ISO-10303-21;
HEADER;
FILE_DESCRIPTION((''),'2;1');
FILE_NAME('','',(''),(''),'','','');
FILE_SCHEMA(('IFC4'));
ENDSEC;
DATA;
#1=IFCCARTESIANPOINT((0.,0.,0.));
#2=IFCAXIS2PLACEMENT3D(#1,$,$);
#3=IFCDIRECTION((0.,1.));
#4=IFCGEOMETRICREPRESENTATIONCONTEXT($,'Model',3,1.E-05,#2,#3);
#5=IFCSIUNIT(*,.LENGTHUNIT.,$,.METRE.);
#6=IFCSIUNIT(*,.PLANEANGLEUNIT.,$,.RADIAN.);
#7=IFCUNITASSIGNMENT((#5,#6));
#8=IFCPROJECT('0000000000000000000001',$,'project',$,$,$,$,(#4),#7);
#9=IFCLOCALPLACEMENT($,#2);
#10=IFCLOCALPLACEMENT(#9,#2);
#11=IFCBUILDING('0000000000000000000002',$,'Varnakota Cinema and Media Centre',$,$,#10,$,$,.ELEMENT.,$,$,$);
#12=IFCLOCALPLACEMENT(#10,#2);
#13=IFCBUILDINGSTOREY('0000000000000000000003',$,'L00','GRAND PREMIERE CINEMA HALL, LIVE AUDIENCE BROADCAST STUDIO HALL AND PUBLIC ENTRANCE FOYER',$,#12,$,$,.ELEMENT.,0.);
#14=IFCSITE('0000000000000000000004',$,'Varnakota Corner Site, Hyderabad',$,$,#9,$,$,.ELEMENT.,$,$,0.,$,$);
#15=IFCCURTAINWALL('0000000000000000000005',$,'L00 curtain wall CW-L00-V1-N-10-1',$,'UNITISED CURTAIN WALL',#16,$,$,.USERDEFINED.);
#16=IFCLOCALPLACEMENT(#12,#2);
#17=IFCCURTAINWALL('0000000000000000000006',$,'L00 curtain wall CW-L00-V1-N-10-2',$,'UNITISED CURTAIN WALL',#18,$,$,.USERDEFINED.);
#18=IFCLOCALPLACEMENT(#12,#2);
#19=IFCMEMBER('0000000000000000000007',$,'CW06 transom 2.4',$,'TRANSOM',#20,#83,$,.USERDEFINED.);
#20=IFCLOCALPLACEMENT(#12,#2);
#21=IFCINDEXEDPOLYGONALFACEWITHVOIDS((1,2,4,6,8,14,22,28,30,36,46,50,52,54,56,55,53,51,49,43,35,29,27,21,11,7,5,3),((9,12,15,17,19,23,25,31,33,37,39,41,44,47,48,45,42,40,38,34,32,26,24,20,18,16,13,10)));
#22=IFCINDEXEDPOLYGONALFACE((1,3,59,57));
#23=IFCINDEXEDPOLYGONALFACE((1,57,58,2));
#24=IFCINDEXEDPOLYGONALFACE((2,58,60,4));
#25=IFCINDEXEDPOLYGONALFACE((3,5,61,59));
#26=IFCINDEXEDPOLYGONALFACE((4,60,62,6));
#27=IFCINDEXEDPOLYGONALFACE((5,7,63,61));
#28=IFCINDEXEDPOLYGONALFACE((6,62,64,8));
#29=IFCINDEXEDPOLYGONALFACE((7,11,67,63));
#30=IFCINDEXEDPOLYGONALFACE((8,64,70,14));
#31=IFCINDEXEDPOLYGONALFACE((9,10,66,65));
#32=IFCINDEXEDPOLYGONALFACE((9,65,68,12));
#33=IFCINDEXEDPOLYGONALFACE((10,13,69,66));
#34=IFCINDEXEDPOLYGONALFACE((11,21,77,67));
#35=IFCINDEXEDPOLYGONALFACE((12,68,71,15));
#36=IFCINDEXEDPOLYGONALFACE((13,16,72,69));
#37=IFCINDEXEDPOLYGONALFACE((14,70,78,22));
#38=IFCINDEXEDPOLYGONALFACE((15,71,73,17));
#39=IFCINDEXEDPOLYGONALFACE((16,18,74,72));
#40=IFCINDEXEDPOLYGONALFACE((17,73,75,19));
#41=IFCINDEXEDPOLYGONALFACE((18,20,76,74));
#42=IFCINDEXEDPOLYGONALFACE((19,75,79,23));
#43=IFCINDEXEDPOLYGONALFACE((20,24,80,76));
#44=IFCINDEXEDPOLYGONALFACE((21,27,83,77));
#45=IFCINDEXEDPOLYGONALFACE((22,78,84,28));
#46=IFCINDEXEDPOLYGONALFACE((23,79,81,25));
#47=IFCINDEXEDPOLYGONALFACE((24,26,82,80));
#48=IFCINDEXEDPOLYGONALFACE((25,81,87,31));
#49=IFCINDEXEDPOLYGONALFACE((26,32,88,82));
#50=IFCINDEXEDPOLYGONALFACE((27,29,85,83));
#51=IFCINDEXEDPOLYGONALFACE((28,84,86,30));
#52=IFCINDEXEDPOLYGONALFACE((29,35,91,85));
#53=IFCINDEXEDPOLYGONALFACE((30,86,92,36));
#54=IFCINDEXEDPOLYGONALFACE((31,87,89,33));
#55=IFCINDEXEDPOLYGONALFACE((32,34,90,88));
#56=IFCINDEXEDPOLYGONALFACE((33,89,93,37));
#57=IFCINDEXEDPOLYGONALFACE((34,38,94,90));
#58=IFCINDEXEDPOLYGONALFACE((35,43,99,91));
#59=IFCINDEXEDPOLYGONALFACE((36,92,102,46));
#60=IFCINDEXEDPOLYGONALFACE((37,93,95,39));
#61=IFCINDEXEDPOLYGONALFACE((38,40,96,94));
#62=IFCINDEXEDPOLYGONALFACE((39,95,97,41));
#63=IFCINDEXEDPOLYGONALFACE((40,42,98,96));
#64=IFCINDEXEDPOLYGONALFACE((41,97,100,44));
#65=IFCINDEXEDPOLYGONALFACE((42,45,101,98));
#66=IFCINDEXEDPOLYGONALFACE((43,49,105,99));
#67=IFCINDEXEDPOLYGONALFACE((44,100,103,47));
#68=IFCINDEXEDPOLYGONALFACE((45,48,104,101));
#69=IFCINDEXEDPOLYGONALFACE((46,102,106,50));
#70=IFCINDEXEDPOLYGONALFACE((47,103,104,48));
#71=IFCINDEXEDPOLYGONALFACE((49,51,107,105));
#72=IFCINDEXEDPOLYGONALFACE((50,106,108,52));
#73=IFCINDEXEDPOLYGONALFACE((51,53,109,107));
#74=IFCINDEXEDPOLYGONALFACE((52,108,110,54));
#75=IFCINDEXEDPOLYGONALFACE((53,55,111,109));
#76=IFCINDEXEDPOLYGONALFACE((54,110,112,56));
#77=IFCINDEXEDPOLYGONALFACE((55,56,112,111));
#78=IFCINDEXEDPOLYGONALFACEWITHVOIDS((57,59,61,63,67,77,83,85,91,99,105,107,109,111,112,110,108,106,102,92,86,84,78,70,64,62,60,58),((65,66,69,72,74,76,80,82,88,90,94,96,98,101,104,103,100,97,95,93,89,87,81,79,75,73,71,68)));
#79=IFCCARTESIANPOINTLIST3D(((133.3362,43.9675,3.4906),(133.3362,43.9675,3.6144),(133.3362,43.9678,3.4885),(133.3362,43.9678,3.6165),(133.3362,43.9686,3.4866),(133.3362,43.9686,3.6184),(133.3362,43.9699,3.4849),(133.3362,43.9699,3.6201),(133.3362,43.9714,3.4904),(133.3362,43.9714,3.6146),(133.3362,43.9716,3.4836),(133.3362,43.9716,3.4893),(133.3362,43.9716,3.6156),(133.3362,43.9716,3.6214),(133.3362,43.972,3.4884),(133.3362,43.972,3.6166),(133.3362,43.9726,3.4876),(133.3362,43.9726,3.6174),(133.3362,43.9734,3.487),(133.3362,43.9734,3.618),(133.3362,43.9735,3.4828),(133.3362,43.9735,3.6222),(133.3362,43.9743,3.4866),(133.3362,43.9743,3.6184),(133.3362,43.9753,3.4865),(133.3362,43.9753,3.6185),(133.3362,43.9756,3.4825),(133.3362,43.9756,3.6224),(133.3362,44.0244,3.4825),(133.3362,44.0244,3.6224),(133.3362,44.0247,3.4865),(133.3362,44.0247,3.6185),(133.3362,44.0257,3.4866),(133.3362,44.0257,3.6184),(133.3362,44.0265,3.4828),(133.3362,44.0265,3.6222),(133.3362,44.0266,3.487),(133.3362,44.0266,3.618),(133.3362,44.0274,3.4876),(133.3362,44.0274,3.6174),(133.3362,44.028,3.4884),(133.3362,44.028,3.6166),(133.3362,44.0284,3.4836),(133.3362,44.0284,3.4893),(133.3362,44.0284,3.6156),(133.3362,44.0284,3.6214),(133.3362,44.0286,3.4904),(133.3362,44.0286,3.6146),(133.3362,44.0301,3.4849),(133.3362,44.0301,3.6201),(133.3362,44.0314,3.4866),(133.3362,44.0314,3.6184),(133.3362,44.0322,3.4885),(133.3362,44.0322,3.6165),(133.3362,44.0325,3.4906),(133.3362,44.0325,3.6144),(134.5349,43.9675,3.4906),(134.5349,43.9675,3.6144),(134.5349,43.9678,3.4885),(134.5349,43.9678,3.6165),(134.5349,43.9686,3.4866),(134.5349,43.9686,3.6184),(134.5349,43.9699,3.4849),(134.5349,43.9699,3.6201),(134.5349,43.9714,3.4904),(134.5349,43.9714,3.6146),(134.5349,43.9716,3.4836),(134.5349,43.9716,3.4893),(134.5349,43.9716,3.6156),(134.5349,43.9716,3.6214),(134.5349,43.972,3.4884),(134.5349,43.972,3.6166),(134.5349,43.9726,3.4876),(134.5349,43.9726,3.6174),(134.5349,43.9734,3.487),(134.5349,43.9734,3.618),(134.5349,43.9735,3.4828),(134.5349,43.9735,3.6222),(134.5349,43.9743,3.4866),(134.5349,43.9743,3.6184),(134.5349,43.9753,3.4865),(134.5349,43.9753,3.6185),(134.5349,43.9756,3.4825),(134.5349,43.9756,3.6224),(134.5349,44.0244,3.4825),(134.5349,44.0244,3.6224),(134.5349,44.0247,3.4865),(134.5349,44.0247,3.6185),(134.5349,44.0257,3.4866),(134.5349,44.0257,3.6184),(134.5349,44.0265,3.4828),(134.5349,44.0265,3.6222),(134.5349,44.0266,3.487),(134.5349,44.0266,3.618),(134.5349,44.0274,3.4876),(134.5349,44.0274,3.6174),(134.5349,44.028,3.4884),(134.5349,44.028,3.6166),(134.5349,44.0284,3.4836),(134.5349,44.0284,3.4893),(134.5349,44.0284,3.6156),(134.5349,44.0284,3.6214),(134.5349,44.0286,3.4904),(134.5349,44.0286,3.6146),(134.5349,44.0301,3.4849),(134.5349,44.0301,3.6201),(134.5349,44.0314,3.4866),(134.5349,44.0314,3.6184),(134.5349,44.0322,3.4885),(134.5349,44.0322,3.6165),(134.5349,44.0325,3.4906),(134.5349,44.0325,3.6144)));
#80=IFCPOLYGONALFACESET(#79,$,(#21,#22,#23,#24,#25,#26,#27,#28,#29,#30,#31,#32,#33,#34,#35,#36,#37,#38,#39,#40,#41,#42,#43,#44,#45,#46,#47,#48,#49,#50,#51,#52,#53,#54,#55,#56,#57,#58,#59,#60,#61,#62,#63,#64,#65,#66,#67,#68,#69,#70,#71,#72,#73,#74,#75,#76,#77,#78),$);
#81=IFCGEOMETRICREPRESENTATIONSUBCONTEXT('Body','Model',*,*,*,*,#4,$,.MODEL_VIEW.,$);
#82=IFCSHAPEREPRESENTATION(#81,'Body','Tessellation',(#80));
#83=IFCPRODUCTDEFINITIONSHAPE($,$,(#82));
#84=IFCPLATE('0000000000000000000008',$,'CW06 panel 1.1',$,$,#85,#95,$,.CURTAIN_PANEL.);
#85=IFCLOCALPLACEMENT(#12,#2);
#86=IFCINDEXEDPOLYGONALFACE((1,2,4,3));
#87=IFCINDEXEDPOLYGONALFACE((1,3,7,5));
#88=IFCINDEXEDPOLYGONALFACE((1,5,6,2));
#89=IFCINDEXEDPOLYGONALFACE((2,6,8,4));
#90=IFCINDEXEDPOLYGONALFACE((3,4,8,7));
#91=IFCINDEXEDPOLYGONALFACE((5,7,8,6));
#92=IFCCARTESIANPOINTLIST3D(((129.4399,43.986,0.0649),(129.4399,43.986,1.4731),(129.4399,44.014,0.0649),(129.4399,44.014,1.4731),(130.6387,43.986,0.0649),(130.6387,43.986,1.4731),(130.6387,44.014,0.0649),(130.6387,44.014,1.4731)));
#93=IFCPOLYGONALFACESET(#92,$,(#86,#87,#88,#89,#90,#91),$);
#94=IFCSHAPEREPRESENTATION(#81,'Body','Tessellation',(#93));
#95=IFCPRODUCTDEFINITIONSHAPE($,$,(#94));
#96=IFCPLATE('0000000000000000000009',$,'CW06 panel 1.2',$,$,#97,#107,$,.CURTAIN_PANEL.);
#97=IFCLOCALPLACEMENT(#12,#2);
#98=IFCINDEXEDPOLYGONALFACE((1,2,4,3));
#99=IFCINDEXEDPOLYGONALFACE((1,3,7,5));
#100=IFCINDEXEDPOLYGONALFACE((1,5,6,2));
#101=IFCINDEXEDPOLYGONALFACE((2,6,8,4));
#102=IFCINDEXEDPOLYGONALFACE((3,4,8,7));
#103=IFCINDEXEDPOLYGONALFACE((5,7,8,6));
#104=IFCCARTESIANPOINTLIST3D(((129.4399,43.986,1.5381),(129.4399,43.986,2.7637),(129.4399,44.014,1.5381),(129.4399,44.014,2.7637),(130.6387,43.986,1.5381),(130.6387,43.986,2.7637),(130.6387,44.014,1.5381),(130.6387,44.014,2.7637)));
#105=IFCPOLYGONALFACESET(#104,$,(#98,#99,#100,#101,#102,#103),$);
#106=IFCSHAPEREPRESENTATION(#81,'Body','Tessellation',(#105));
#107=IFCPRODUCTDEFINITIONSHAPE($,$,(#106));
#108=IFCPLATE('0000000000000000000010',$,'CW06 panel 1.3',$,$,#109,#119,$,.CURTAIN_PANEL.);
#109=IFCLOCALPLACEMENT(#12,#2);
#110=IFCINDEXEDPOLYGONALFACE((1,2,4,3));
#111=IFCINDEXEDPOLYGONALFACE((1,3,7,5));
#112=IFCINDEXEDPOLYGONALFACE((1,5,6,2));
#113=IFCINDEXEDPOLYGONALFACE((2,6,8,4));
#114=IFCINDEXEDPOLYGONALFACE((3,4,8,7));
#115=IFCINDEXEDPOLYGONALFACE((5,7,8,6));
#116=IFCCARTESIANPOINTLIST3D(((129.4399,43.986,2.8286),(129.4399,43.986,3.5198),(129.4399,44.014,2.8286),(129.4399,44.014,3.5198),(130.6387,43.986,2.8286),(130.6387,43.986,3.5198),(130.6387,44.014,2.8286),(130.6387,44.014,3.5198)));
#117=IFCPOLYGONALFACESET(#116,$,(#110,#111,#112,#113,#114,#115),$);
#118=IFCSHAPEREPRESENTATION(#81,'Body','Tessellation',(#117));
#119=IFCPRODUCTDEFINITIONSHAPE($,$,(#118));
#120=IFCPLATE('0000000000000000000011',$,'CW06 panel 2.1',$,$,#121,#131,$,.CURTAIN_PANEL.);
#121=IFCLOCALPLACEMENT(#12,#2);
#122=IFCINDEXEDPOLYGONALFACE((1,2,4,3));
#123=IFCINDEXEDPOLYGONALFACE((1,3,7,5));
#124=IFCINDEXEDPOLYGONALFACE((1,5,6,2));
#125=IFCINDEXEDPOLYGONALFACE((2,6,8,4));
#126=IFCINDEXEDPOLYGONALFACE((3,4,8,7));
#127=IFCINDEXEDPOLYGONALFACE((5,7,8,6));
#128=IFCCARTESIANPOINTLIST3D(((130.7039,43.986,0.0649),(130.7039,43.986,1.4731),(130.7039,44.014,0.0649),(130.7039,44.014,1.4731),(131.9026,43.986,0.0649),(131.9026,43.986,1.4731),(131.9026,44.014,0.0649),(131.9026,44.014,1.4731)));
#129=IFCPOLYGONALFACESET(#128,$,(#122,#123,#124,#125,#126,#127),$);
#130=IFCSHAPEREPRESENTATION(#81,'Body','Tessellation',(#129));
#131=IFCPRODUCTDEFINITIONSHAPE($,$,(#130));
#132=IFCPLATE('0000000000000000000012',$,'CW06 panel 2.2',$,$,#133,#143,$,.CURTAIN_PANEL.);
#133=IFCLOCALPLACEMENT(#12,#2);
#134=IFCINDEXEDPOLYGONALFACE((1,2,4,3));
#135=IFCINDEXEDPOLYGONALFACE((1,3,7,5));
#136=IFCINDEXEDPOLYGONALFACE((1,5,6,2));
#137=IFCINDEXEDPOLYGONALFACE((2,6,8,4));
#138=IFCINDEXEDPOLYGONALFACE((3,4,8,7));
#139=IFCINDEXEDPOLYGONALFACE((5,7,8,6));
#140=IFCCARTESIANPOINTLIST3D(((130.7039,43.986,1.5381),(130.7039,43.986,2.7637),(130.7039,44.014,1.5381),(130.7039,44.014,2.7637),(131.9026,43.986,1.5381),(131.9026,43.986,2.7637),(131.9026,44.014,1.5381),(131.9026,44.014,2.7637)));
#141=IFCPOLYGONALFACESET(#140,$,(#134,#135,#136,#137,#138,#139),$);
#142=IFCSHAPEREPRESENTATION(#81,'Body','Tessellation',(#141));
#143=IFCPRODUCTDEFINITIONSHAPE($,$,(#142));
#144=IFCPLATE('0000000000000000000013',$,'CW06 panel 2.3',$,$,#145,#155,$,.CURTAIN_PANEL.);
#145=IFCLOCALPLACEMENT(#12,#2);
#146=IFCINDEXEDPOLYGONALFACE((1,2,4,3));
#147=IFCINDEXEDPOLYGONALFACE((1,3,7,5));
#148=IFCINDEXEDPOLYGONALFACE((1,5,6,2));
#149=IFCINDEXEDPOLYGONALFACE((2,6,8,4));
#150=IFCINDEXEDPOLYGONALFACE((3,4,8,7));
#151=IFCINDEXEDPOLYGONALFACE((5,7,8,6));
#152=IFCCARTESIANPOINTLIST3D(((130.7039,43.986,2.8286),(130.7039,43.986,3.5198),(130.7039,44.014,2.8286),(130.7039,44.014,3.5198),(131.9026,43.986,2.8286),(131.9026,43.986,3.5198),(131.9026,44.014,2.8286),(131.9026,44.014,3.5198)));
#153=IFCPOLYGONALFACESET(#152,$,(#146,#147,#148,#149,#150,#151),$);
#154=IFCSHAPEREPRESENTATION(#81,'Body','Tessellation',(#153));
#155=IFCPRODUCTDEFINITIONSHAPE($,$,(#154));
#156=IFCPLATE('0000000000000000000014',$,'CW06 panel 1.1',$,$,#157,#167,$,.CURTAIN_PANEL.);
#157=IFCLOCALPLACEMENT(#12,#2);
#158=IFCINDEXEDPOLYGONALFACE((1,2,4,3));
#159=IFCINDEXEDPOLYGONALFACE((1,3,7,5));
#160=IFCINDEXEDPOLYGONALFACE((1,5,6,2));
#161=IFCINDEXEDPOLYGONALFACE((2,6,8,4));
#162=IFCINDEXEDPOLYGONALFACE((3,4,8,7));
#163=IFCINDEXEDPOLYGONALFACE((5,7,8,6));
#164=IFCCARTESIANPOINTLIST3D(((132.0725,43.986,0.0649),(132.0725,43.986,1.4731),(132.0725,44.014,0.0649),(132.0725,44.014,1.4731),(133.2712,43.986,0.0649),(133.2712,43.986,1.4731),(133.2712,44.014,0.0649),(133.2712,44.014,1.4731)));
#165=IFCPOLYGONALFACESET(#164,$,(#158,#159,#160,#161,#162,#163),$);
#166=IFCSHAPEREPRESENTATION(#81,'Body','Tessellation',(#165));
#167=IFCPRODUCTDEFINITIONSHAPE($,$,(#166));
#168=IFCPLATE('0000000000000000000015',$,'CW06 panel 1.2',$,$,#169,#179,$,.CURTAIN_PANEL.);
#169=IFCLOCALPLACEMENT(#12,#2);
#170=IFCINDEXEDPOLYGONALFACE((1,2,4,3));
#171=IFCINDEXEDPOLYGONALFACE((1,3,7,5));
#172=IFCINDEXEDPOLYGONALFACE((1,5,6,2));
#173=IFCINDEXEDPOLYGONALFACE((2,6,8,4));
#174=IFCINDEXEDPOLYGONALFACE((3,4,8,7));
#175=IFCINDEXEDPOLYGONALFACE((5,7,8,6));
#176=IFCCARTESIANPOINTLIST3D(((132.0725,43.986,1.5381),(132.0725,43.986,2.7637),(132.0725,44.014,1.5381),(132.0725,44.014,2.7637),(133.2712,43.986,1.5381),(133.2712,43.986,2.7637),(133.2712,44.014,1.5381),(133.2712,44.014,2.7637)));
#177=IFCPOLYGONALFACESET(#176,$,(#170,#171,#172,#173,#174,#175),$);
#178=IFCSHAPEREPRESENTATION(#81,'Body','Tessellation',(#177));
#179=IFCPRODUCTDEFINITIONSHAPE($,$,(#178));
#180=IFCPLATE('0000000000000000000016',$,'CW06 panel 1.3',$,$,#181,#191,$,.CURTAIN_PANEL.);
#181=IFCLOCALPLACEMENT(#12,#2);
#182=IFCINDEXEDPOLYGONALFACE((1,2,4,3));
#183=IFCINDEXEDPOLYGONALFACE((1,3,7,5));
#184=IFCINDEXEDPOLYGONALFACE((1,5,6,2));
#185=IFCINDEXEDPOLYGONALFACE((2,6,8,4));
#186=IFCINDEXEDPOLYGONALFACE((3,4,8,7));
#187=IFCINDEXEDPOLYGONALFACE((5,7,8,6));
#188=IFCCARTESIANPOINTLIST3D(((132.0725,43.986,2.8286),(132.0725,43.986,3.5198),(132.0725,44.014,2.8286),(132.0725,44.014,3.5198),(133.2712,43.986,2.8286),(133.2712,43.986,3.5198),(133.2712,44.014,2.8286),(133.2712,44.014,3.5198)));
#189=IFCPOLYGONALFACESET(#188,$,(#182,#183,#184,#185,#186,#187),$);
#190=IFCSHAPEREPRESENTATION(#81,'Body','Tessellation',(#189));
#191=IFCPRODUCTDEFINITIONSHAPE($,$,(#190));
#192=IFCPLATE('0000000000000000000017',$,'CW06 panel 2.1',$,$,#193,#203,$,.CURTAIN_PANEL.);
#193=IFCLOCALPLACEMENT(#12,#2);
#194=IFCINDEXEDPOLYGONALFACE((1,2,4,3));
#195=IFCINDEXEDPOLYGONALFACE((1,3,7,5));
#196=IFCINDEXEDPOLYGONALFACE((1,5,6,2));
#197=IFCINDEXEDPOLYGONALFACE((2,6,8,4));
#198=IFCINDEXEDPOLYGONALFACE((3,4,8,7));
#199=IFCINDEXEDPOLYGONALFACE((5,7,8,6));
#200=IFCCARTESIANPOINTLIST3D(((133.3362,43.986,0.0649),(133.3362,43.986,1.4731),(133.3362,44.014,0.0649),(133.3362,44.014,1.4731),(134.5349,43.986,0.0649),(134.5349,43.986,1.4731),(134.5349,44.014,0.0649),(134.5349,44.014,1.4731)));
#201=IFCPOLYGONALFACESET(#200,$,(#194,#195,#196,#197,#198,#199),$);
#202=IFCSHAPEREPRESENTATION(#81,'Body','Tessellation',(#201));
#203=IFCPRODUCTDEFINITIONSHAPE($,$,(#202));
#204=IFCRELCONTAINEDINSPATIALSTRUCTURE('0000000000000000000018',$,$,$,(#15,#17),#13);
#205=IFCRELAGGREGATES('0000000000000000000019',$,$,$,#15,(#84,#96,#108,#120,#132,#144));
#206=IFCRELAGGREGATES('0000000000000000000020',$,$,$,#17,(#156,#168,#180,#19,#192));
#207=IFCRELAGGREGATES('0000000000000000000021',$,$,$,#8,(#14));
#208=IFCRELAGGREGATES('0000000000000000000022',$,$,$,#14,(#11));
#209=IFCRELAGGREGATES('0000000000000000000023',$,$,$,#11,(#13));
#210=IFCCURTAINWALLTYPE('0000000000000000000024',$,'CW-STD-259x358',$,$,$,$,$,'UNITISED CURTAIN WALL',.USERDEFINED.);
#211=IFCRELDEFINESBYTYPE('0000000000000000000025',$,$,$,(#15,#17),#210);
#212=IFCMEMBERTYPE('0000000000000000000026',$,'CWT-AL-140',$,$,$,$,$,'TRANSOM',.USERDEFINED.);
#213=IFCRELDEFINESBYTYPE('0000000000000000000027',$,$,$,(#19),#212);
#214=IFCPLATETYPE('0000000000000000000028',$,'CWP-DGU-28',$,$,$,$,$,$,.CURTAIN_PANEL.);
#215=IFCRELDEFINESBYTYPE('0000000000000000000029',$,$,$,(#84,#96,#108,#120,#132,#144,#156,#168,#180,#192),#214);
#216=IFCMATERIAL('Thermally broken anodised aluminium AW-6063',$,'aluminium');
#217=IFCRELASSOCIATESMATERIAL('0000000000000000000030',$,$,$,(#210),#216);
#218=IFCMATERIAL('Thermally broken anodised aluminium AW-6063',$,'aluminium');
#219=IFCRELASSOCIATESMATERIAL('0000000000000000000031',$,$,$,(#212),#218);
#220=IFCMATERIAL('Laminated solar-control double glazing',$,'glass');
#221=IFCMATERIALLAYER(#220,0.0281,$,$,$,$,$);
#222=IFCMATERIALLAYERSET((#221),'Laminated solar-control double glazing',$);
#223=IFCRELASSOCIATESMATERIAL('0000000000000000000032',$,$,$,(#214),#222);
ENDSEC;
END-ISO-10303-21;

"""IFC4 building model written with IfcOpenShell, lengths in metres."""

from ifc_helpers import new_model, si_unit, direction, frame, origin, origin_2d, place, context, subcontext, project, spatial, rectangle, hollow_rectangle, extrude, material, layer, layer_set, material_profile, profile_set, type_object, element, aggregate, save


model = new_model("IFC4")

# Units and contexts
model_context = context("Model", 3, precision=1e-05, world=origin(), true_north=direction((0.0, 1.0)))
body_context = subcontext(model_context, "Body", "Model", "MODEL_VIEW")
ifc_project = project(units=[si_unit("LENGTHUNIT", "METRE"), si_unit("PLANEANGLEUNIT", "RADIAN")], contexts=[model_context])

# Site, building, storey
site_placement = place(None, origin())
site = spatial("IfcSite", under=ifc_project, at=site_placement, Name="Varnakota Corner Site, Hyderabad", CompositionType="ELEMENT", RefElevation=0.0)
building_placement = place(site_placement, origin())
building = spatial("IfcBuilding", under=site, at=building_placement, Name="Varnakota Cinema and Media Centre", CompositionType="ELEMENT")
storey_placement = place(building_placement, origin())
storey = spatial("IfcBuildingStorey", under=building, at=storey_placement, Name="L00", Description="GRAND PREMIERE CINEMA HALL, LIVE AUDIENCE BROADCAST STUDIO HALL AND PUBLIC ENTRANCE FOYER", CompositionType="ELEMENT", Elevation=0.0)

# Curtain walls
ifc_material_1 = material(Name="Thermally broken anodised aluminium AW-6063", Category="aluminium")
curtain_wall_type = type_object("IfcCurtainWallType", Name="CW-STD-259x358", ElementType="UNITISED CURTAIN WALL", PredefinedType="USERDEFINED", material=ifc_material_1)
curtain_wall_1_placement = place(storey_placement, origin())
curtain_wall_1 = element("IfcCurtainWall", 1, at=curtain_wall_1_placement, inside=storey, type_object=curtain_wall_type, Name="L00 curtain wall CW-L00-V1-N-10-1", ObjectType="UNITISED CURTAIN WALL", PredefinedType="USERDEFINED")
curtain_wall_2_placement = place(storey_placement, origin())
curtain_wall_2 = element("IfcCurtainWall", 2, at=curtain_wall_2_placement, inside=storey, type_object=curtain_wall_type, Name="L00 curtain wall CW-L00-V1-N-10-2", ObjectType="UNITISED CURTAIN WALL", PredefinedType="USERDEFINED")

# Member
ifc_material_2 = material(Name="Thermally broken anodised aluminium AW-6063", Category="aluminium")
ifc_material_profile_1 = material_profile(ifc_material_2, hollow_rectangle(XDim=0.0649, YDim=0.1399, WallThickness=0.0039, InnerFilletRadius=0.0039, OuterFilletRadius=0.0081, at=origin_2d()), Name="AL-TRANSOM 140x65x4")
ifc_profile_set_1 = profile_set([ifc_material_profile_1], Name="Thermally broken anodised aluminium AW-6063")
member_type_1 = type_object("IfcMemberType", Name="CWT-AL-140", ElementType="TRANSOM", PredefinedType="USERDEFINED", material=ifc_profile_set_1)
member_1_placement = place(storey_placement, frame((133.3362, 44.0, 3.5525), z_axis=(1.0, 0.0, 0.0), x_axis=(0.0, 1.0, 0.0)))
member_1 = element("IfcMember", 3, at=member_1_placement, type_object=member_type_1, Name="CW06 transom 2.4", ObjectType="TRANSOM", PredefinedType="USERDEFINED", context=body_context, shape_type="SweptSolid", body=[
    extrude(hollow_rectangle(XDim=0.0649, YDim=0.1399, WallThickness=0.0039, InnerFilletRadius=0.0039, OuterFilletRadius=0.0081, at=origin_2d()), origin(), (0.0, 0.0, 1.0), 1.1987),
])

# Plates
ifc_material_3 = material(Name="Laminated solar-control double glazing", Category="glass")
ifc_layer = layer(ifc_material_3, 0.0281)
ifc_layer_set = layer_set([ifc_layer], Name="Laminated solar-control double glazing")
plate_type = type_object("IfcPlateType", Name="CWP-DGU-28", PredefinedType="CURTAIN_PANEL", material=ifc_layer_set)
plate_1_placement = place(storey_placement, frame((130.0393, 44.0, 0.0649), z_axis=(0.0, 0.0, 1.0), x_axis=(1.0, 0.0, 0.0)))
plate_1 = element("IfcPlate", 4, at=plate_1_placement, type_object=plate_type, Name="CW06 panel 1.1", PredefinedType="CURTAIN_PANEL", context=body_context, shape_type="SweptSolid", body=[
    extrude(rectangle(XDim=1.1987, YDim=0.0281, at=origin_2d()), origin(), (0.0, 0.0, 1.0), 1.4082),
])
plate_2_placement = place(storey_placement, frame((130.0393, 44.0, 1.5381), z_axis=(0.0, 0.0, 1.0), x_axis=(1.0, 0.0, 0.0)))
plate_2 = element("IfcPlate", 5, at=plate_2_placement, type_object=plate_type, Name="CW06 panel 1.2", PredefinedType="CURTAIN_PANEL", context=body_context, shape_type="SweptSolid", body=[
    extrude(rectangle(XDim=1.1987, YDim=0.0281, at=origin_2d()), origin(), (0.0, 0.0, 1.0), 1.2256),
])
plate_3_placement = place(storey_placement, frame((130.0393, 44.0, 2.8286), z_axis=(0.0, 0.0, 1.0), x_axis=(1.0, 0.0, 0.0)))
plate_3 = element("IfcPlate", 6, at=plate_3_placement, type_object=plate_type, Name="CW06 panel 1.3", PredefinedType="CURTAIN_PANEL", context=body_context, shape_type="SweptSolid", body=[
    extrude(rectangle(XDim=1.1987, YDim=0.0281, at=origin_2d()), origin(), (0.0, 0.0, 1.0), 0.6912),
])
plate_4_placement = place(storey_placement, frame((131.3032, 44.0, 0.0649), z_axis=(0.0, 0.0, 1.0), x_axis=(1.0, 0.0, 0.0)))
plate_4 = element("IfcPlate", 7, at=plate_4_placement, type_object=plate_type, Name="CW06 panel 2.1", PredefinedType="CURTAIN_PANEL", context=body_context, shape_type="SweptSolid", body=[
    extrude(rectangle(XDim=1.1987, YDim=0.0281, at=origin_2d()), origin(), (0.0, 0.0, 1.0), 1.4082),
])
plate_5_placement = place(storey_placement, frame((131.3032, 44.0, 1.5381), z_axis=(0.0, 0.0, 1.0), x_axis=(1.0, 0.0, 0.0)))
plate_5 = element("IfcPlate", 8, at=plate_5_placement, type_object=plate_type, Name="CW06 panel 2.2", PredefinedType="CURTAIN_PANEL", context=body_context, shape_type="SweptSolid", body=[
    extrude(rectangle(XDim=1.1987, YDim=0.0281, at=origin_2d()), origin(), (0.0, 0.0, 1.0), 1.2256),
])
plate_6_placement = place(storey_placement, frame((131.3032, 44.0, 2.8286), z_axis=(0.0, 0.0, 1.0), x_axis=(1.0, 0.0, 0.0)))
plate_6 = element("IfcPlate", 9, at=plate_6_placement, type_object=plate_type, Name="CW06 panel 2.3", PredefinedType="CURTAIN_PANEL", context=body_context, shape_type="SweptSolid", body=[
    extrude(rectangle(XDim=1.1987, YDim=0.0281, at=origin_2d()), origin(), (0.0, 0.0, 1.0), 0.6912),
])
aggregate(curtain_wall_1, [plate_1, plate_2, plate_3, plate_4, plate_5, plate_6])
plate_7_placement = place(storey_placement, frame((132.6719, 44.0, 0.0649), z_axis=(0.0, 0.0, 1.0), x_axis=(1.0, 0.0, 0.0)))
plate_7 = element("IfcPlate", 10, at=plate_7_placement, type_object=plate_type, Name="CW06 panel 1.1", PredefinedType="CURTAIN_PANEL", context=body_context, shape_type="SweptSolid", body=[
    extrude(rectangle(XDim=1.1987, YDim=0.0281, at=origin_2d()), origin(), (0.0, 0.0, 1.0), 1.4082),
])
plate_8_placement = place(storey_placement, frame((132.6719, 44.0, 1.5381), z_axis=(0.0, 0.0, 1.0), x_axis=(1.0, 0.0, 0.0)))
plate_8 = element("IfcPlate", 11, at=plate_8_placement, type_object=plate_type, Name="CW06 panel 1.2", PredefinedType="CURTAIN_PANEL", context=body_context, shape_type="SweptSolid", body=[
    extrude(rectangle(XDim=1.1987, YDim=0.0281, at=origin_2d()), origin(), (0.0, 0.0, 1.0), 1.2256),
])
plate_9_placement = place(storey_placement, frame((132.6719, 44.0, 2.8286), z_axis=(0.0, 0.0, 1.0), x_axis=(1.0, 0.0, 0.0)))
plate_9 = element("IfcPlate", 12, at=plate_9_placement, type_object=plate_type, Name="CW06 panel 1.3", PredefinedType="CURTAIN_PANEL", context=body_context, shape_type="SweptSolid", body=[
    extrude(rectangle(XDim=1.1987, YDim=0.0281, at=origin_2d()), origin(), (0.0, 0.0, 1.0), 0.6912),
])
plate_10_placement = place(storey_placement, frame((133.9355, 44.0, 0.0649), z_axis=(0.0, 0.0, 1.0), x_axis=(1.0, 0.0, 0.0)))
plate_10 = element("IfcPlate", 13, at=plate_10_placement, type_object=plate_type, Name="CW06 panel 2.1", PredefinedType="CURTAIN_PANEL", context=body_context, shape_type="SweptSolid", body=[
    extrude(rectangle(XDim=1.1987, YDim=0.0281, at=origin_2d()), origin(), (0.0, 0.0, 1.0), 1.4082),
])
aggregate(curtain_wall_2, [plate_7, plate_8, plate_9, member_1, plate_10])

save(model, "model.ifc")
